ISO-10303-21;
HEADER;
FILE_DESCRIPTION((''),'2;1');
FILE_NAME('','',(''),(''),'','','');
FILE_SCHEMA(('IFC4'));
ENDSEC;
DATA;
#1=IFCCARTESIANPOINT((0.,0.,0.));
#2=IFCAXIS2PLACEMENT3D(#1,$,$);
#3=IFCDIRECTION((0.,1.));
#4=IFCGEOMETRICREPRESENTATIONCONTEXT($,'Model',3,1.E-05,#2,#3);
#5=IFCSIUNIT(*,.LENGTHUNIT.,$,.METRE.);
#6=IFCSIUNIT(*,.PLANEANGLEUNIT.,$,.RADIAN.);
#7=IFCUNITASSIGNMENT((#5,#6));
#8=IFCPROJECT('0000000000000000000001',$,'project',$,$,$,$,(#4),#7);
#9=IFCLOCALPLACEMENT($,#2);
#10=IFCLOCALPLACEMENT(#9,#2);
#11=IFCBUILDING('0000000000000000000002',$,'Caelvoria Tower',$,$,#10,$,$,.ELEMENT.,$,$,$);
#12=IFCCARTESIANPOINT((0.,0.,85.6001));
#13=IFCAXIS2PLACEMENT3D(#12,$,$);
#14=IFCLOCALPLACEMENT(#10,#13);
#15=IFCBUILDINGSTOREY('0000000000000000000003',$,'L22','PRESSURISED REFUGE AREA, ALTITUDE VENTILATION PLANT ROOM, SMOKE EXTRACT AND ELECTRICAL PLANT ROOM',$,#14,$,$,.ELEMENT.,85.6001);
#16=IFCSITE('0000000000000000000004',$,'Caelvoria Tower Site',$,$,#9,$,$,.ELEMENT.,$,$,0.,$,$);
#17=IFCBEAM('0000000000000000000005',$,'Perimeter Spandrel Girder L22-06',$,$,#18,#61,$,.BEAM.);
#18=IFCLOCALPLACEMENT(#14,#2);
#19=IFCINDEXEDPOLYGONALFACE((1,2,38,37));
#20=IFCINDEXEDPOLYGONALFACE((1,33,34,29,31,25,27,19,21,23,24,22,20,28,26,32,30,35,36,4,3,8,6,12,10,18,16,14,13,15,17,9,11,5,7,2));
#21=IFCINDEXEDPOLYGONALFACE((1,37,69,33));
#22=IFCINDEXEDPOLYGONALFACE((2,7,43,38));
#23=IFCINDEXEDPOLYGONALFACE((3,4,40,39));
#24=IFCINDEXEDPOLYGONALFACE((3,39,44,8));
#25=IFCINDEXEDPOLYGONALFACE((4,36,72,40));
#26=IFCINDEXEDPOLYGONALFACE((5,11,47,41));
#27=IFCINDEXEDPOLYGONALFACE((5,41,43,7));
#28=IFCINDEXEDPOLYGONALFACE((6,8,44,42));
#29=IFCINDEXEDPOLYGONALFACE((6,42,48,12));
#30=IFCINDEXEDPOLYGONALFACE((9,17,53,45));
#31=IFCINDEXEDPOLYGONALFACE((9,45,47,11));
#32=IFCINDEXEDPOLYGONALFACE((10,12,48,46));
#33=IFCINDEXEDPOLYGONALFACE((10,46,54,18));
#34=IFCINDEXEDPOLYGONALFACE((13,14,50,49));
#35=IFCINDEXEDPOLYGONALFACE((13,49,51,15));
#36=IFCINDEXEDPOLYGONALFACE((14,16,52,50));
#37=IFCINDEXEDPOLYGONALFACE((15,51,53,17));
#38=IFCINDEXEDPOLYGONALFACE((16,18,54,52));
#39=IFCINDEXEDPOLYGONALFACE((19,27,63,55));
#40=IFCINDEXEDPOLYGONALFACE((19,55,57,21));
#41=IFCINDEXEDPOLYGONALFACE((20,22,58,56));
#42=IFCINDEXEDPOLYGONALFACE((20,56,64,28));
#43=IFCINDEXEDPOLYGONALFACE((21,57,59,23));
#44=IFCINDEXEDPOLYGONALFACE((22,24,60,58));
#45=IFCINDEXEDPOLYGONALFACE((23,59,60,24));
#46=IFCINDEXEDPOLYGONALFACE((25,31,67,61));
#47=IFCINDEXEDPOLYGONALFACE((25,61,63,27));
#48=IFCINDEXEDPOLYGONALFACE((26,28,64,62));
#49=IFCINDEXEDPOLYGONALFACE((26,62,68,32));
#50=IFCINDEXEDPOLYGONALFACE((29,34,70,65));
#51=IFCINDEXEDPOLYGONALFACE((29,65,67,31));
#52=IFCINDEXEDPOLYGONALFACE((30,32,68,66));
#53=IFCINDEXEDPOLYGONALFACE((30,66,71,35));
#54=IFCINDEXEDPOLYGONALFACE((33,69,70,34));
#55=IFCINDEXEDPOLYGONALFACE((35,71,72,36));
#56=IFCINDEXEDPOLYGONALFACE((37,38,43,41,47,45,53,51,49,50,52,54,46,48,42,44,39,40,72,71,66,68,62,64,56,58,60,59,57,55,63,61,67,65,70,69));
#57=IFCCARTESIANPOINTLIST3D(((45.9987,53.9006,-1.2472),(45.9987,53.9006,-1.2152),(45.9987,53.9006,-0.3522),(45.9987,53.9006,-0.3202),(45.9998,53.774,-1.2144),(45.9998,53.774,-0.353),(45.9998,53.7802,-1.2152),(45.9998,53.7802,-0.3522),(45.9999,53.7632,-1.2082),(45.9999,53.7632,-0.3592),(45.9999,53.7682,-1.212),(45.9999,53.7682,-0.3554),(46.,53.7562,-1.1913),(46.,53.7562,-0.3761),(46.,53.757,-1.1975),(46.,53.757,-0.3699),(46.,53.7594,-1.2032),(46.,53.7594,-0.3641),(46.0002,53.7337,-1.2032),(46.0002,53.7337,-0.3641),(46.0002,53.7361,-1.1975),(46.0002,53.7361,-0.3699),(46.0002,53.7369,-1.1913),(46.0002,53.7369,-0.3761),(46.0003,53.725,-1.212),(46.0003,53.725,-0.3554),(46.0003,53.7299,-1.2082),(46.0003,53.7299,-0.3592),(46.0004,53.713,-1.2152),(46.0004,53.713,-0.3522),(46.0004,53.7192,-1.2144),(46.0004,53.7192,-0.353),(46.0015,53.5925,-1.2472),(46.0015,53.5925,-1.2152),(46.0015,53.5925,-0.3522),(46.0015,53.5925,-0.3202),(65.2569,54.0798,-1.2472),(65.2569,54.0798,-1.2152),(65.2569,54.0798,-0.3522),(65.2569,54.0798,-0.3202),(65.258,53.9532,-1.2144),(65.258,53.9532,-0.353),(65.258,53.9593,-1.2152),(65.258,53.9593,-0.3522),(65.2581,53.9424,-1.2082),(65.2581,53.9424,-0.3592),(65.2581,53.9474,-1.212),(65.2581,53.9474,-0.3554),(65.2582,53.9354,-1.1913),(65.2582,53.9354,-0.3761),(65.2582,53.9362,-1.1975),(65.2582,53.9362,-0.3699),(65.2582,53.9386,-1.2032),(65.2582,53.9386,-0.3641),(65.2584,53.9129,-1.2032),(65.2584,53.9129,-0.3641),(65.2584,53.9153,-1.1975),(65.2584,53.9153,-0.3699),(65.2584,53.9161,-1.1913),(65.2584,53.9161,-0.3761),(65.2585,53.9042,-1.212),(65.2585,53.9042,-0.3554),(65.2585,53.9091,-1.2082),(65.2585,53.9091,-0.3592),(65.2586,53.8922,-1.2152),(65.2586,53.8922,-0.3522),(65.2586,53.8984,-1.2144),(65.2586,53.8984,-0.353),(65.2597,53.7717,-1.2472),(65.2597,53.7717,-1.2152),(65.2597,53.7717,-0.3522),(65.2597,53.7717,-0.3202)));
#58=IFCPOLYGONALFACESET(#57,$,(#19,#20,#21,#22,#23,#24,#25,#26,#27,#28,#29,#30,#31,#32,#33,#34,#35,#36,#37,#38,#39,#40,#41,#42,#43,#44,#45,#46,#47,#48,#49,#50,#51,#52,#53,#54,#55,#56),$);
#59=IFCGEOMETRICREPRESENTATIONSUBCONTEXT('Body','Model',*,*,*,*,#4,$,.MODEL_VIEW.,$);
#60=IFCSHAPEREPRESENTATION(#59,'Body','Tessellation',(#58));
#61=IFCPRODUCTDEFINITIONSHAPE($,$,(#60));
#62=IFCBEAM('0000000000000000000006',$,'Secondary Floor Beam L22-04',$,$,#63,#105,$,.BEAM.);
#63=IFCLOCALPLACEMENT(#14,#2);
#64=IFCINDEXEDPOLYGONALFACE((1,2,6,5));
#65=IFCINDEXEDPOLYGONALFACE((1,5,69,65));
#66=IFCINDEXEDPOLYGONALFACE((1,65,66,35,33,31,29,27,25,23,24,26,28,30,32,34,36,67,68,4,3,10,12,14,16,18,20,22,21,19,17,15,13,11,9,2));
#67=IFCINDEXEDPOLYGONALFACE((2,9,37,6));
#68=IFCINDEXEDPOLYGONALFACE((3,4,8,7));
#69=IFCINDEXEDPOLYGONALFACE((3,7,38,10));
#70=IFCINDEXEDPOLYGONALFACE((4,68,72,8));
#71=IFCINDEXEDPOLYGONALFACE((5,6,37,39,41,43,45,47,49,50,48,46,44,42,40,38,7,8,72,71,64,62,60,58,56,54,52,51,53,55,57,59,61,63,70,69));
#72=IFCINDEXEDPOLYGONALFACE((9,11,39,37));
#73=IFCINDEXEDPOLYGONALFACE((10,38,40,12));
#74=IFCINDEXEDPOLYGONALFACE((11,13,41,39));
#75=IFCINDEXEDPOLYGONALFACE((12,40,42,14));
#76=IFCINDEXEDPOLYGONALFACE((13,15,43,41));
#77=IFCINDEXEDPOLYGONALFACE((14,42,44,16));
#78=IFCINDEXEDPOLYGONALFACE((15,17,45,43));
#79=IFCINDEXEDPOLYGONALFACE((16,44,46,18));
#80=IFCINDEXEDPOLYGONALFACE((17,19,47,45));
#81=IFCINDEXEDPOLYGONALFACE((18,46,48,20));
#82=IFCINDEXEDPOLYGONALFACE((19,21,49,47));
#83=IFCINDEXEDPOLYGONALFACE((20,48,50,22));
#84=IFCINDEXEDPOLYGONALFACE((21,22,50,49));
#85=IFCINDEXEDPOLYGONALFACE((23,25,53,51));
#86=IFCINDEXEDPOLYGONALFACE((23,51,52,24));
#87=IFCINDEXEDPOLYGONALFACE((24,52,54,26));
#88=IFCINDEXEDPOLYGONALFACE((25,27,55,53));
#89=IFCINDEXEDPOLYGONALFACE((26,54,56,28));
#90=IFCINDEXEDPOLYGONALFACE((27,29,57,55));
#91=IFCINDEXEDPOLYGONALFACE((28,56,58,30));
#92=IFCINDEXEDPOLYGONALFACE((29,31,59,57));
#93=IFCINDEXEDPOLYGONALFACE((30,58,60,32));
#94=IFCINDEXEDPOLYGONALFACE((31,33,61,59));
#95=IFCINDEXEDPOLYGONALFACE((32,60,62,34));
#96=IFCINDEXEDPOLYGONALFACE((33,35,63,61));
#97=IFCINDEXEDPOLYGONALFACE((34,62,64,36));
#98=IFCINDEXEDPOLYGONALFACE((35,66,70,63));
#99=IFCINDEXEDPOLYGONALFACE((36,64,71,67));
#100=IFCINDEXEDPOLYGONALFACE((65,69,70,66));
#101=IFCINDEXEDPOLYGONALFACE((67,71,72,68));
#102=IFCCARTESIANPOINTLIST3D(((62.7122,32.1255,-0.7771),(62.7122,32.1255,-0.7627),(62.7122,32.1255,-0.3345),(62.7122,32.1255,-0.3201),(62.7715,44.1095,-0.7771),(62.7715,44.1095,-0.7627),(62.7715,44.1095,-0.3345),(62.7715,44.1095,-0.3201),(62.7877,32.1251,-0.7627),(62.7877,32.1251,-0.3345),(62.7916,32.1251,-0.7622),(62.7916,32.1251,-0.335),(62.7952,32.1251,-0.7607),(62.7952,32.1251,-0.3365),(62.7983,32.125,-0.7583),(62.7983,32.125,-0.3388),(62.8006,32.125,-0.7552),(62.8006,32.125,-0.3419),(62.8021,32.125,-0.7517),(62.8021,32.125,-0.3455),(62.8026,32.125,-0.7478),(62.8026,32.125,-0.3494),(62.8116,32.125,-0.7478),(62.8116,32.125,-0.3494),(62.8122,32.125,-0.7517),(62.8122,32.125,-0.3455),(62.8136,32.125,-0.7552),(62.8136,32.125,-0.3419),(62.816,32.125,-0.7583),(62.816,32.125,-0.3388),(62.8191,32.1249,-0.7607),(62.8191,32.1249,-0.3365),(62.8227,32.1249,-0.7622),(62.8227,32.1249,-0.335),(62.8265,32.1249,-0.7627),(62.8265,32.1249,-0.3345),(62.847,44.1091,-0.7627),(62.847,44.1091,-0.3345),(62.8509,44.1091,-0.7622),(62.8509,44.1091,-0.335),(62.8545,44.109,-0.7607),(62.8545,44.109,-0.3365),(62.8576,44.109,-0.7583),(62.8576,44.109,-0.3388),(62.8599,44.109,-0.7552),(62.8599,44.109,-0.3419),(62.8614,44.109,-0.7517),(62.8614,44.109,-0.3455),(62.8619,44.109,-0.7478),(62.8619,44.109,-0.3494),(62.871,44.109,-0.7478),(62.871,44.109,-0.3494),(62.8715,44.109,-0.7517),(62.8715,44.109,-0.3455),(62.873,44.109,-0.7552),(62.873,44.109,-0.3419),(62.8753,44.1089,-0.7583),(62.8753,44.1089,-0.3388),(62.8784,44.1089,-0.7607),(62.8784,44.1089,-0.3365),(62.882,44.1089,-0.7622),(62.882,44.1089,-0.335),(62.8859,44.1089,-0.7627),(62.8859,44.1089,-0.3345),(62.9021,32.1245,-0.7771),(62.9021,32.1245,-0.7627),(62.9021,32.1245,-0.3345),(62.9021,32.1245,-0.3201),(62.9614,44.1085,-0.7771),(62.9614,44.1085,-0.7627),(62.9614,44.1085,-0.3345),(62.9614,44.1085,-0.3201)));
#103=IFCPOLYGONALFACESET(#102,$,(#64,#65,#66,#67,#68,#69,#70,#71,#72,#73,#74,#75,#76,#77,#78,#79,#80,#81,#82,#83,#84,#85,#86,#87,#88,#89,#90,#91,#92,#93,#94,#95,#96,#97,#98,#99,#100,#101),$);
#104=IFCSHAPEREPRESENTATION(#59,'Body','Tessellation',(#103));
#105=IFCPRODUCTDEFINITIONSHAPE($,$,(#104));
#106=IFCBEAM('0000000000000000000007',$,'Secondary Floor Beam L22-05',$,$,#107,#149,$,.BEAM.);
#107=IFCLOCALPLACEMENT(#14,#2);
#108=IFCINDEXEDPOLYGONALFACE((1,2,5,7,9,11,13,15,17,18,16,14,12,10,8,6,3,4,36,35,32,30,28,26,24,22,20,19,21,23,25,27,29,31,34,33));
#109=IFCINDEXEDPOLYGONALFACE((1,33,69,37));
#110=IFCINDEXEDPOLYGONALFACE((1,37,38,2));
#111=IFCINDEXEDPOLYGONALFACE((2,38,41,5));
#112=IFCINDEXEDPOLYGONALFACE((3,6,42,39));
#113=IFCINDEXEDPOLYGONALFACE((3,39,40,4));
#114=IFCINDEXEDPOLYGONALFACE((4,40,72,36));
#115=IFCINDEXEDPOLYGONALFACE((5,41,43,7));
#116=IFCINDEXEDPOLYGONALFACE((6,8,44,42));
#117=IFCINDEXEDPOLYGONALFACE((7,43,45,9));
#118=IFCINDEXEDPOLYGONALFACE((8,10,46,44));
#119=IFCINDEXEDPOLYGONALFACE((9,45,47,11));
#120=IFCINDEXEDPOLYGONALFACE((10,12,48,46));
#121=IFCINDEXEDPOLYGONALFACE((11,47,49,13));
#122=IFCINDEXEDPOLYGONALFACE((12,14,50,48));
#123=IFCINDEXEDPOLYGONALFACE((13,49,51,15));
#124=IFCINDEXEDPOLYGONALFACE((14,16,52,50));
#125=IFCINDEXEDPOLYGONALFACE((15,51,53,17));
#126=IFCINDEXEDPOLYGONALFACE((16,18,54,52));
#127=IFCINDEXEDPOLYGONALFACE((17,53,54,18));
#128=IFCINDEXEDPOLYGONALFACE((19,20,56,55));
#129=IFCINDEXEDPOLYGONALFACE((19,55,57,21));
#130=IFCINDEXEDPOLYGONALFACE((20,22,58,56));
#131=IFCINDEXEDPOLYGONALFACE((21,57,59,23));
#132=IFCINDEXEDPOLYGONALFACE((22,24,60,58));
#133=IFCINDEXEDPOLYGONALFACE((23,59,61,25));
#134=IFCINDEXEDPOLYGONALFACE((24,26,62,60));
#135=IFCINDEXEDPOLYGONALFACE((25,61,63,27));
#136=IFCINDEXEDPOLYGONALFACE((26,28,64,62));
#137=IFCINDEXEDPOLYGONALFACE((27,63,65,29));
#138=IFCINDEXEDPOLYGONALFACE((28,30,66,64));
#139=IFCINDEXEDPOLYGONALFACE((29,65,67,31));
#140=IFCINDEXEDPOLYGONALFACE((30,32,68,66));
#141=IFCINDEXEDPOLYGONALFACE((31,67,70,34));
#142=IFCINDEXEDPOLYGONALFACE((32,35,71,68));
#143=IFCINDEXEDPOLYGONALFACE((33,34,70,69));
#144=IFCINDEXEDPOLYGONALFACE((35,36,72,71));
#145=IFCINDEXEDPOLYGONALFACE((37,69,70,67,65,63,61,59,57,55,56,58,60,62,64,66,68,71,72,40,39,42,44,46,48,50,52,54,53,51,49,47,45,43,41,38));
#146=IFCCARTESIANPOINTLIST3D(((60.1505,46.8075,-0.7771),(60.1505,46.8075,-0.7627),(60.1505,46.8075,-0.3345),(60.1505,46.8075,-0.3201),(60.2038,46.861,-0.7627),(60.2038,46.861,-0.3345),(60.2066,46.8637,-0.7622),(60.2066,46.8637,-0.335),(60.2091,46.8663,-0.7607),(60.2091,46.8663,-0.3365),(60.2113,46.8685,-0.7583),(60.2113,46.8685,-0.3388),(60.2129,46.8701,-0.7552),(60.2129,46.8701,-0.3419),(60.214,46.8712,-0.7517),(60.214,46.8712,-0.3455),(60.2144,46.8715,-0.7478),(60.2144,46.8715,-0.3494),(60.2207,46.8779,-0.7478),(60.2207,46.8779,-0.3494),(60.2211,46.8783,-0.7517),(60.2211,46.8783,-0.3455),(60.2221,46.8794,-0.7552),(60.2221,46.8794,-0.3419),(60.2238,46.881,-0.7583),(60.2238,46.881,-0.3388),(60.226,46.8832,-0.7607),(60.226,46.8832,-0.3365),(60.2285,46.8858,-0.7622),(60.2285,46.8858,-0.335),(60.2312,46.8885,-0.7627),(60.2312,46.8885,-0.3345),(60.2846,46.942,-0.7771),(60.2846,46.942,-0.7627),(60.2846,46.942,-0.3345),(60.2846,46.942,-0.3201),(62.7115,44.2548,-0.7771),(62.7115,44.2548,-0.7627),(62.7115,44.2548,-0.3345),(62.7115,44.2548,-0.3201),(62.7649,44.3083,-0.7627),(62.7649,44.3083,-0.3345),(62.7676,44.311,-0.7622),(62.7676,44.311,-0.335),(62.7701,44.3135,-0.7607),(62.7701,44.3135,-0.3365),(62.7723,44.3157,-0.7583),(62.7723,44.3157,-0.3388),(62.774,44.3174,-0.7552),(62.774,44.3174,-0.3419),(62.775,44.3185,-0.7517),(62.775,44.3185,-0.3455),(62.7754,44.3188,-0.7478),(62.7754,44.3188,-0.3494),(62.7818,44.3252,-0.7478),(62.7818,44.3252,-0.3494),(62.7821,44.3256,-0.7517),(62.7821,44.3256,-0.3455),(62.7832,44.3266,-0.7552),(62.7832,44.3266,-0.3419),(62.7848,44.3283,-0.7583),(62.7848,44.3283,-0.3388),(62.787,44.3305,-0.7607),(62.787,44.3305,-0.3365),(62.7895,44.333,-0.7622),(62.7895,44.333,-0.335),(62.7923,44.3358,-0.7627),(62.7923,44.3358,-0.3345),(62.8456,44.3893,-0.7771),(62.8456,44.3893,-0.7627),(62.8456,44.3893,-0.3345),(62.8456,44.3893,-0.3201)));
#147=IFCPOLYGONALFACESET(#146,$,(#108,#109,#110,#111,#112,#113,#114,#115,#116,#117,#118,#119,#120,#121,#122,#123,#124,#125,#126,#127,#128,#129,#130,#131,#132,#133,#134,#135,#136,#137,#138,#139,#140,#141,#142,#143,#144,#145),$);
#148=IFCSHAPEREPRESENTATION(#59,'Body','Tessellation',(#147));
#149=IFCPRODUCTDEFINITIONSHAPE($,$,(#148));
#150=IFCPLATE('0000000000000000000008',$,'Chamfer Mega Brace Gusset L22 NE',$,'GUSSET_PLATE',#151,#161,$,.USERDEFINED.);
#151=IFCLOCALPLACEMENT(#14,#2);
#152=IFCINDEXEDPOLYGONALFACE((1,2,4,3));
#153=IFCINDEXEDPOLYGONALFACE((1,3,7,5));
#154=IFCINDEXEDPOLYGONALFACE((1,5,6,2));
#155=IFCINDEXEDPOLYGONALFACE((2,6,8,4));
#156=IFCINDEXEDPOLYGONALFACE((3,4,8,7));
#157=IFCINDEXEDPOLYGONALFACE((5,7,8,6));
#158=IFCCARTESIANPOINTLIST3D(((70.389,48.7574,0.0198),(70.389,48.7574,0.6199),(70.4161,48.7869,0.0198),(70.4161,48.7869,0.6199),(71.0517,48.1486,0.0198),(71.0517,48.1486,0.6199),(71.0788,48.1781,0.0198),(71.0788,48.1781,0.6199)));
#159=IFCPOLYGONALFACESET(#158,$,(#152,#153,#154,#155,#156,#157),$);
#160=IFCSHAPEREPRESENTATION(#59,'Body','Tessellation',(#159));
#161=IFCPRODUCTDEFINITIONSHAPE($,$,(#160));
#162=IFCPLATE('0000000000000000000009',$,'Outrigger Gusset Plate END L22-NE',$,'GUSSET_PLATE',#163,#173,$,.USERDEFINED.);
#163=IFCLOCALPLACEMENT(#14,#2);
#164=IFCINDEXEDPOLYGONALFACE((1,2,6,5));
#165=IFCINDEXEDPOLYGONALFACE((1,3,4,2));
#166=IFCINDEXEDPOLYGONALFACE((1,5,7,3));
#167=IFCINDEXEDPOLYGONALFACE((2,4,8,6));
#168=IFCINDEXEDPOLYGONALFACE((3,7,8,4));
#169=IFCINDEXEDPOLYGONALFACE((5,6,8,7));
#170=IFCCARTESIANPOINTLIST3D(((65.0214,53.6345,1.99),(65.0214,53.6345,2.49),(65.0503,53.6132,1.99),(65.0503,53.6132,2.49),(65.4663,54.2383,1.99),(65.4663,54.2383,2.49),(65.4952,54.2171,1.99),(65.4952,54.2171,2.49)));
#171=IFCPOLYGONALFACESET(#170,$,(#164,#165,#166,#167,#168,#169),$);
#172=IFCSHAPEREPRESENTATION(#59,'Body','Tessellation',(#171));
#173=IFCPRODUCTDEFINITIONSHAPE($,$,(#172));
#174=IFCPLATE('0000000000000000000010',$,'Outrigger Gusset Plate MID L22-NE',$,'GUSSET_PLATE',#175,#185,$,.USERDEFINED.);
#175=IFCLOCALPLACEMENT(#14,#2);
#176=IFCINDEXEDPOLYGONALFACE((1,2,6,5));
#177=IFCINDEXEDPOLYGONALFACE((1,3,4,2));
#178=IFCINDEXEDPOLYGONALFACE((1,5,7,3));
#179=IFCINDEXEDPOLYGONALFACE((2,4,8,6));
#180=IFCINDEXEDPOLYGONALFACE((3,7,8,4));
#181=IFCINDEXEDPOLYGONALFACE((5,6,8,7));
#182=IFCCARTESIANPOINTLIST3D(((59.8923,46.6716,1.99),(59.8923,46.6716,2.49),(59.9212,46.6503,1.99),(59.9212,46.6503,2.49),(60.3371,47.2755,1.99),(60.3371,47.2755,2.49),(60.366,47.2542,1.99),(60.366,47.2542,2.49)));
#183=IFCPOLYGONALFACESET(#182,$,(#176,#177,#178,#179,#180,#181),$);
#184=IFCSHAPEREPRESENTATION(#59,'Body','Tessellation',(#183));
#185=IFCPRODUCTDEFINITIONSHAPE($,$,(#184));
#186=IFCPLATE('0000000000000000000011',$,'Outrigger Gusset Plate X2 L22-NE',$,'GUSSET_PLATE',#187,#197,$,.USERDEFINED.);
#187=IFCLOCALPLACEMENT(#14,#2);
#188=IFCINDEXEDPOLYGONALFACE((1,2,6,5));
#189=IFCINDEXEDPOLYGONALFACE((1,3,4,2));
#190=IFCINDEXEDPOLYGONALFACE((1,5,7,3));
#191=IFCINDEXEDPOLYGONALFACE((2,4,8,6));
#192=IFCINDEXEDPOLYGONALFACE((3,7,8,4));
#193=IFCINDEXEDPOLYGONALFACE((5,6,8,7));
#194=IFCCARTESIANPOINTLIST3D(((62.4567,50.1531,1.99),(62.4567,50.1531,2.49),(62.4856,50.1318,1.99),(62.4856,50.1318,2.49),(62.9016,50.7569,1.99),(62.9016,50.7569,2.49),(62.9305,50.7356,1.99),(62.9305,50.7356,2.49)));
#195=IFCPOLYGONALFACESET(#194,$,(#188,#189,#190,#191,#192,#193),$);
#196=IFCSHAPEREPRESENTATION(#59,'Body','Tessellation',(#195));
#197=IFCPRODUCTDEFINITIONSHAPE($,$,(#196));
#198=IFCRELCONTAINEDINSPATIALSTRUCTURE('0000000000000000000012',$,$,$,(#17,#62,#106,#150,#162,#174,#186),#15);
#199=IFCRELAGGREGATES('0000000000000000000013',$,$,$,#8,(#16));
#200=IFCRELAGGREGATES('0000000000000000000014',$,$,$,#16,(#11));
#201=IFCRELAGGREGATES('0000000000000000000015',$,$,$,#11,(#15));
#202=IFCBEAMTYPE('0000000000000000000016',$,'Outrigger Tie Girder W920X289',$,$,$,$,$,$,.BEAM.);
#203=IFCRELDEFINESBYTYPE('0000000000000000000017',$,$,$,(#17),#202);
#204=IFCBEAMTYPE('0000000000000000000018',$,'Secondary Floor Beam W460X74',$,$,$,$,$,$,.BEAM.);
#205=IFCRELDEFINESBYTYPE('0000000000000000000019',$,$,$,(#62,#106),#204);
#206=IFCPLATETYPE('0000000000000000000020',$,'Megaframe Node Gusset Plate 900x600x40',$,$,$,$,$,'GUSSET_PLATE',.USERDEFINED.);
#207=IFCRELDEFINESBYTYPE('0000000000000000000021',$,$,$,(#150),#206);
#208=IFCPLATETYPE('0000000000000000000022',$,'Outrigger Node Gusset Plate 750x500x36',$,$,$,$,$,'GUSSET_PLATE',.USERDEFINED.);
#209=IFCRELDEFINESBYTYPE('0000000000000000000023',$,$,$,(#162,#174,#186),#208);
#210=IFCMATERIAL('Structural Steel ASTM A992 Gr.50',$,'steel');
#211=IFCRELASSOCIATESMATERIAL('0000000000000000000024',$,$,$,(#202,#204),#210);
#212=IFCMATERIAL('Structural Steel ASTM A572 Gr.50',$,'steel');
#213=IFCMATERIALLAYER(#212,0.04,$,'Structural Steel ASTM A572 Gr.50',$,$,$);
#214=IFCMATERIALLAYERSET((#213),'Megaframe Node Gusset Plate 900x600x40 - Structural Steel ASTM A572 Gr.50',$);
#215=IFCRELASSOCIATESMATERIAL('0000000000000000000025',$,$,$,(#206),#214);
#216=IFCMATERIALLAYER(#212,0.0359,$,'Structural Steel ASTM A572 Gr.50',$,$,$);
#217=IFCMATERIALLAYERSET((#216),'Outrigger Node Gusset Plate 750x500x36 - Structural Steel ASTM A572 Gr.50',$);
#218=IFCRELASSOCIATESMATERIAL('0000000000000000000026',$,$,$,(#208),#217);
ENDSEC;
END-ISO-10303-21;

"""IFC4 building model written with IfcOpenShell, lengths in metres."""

from ifc_helpers import new_model, si_unit, direction, frame, origin, origin_2d, place, context, subcontext, project, spatial, rectangle, i_section, extrude, material, layer, layer_set, material_profile, profile_set, type_object, element, save


model = new_model("IFC4")

# Units and contexts
model_context = context("Model", 3, precision=1e-05, world=origin(), true_north=direction((0.0, 1.0)))
body_context = subcontext(model_context, "Body", "Model", "MODEL_VIEW")
ifc_project = project(units=[si_unit("LENGTHUNIT", "METRE"), si_unit("PLANEANGLEUNIT", "RADIAN")], contexts=[model_context])

# Site, building, storey
site_placement = place(None, origin())
site = spatial("IfcSite", under=ifc_project, at=site_placement, Name="Caelvoria Tower Site", CompositionType="ELEMENT", RefElevation=0.0)
building_placement = place(site_placement, origin())
building = spatial("IfcBuilding", under=site, at=building_placement, Name="Caelvoria Tower", CompositionType="ELEMENT")
storey_placement = place(building_placement, frame((0.0, 0.0, 85.6001)))
storey = spatial("IfcBuildingStorey", under=building, at=storey_placement, Name="L22", Description="PRESSURISED REFUGE AREA, ALTITUDE VENTILATION PLANT ROOM, SMOKE EXTRACT AND ELECTRICAL PLANT ROOM", CompositionType="ELEMENT", Elevation=85.6001)

# Shared definitions
ifc_material_1 = material(Name="Structural Steel ASTM A572 Gr.50", Category="steel")

# Beams
ifc_material_2 = material(Name="Structural Steel ASTM A992 Gr.50", Category="steel")
ifc_material_profile_1 = material_profile(ifc_material_2, i_section(OverallWidth=0.3081, OverallDepth=0.927, WebThickness=0.0193, FlangeThickness=0.032, FilletRadius=0.0239, at=origin_2d()), Name="Structural Steel ASTM A992 Gr.50")
ifc_profile_set_1 = profile_set([ifc_material_profile_1], Name="W920X289 - Structural Steel ASTM A992 Gr.50")
beam_type_1 = type_object("IfcBeamType", Name="Outrigger Tie Girder W920X289", PredefinedType="BEAM", material=ifc_profile_set_1)
beam_1_placement = place(storey_placement, frame((65.2583, 53.9258, -0.7837), z_axis=(-0.999957, -0.009305, 0.0), x_axis=(0.009305, -0.999957, 0.0)))
element("IfcBeam", 1, at=beam_1_placement, inside=storey, type_object=beam_type_1, Name="Perimeter Spandrel Girder L22-06", PredefinedType="BEAM", context=body_context, shape_type="SweptSolid", body=[
    extrude(i_section(OverallWidth=0.3081, OverallDepth=0.927, WebThickness=0.0193, FlangeThickness=0.032, FilletRadius=0.0239, at=origin_2d()), origin(), (0.0, 0.0, 1.0), 19.259),
])
ifc_material_profile_2 = material_profile(ifc_material_2, i_section(OverallWidth=0.1899, OverallDepth=0.457, WebThickness=0.009, FlangeThickness=0.0144, FilletRadius=0.0149, at=origin_2d()), Name="Structural Steel ASTM A992 Gr.50")
ifc_profile_set_2 = profile_set([ifc_material_profile_2], Name="W460X74 - Structural Steel ASTM A992 Gr.50")
beam_type_2 = type_object("IfcBeamType", Name="Secondary Floor Beam W460X74", PredefinedType="BEAM", material=ifc_profile_set_2)
beam_2_placement = place(storey_placement, frame((62.8071, 32.125, -0.5486), z_axis=(0.00495, 0.999988, 0.0), x_axis=(-0.999988, 0.00495, 0.0)))
element("IfcBeam", 2, at=beam_2_placement, inside=storey, type_object=beam_type_2, Name="Secondary Floor Beam L22-04", PredefinedType="BEAM", context=body_context, shape_type="SweptSolid", body=[
    extrude(i_section(OverallWidth=0.1899, OverallDepth=0.457, WebThickness=0.009, FlangeThickness=0.0144, FilletRadius=0.0149, at=origin_2d()), origin(), (0.0, 0.0, 1.0), 11.9841),
])
beam_3_placement = place(storey_placement, frame((62.7786, 44.322, -0.5486), z_axis=(-0.708254, 0.705958, 0.0), x_axis=(-0.705958, -0.708254, 0.0)))
element("IfcBeam", 3, at=beam_3_placement, inside=storey, type_object=beam_type_2, Name="Secondary Floor Beam L22-05", PredefinedType="BEAM", context=body_context, shape_type="SweptSolid", body=[
    extrude(i_section(OverallWidth=0.1899, OverallDepth=0.457, WebThickness=0.009, FlangeThickness=0.0144, FilletRadius=0.0149, at=origin_2d()), origin(), (0.0, 0.0, 1.0), 3.616),
])

# Plates
ifc_layer_1 = layer(ifc_material_1, 0.04, Name="Structural Steel ASTM A572 Gr.50")
ifc_layer_set_1 = layer_set([ifc_layer_1], Name="Megaframe Node Gusset Plate 900x600x40 - Structural Steel ASTM A572 Gr.50")
plate_type_1 = type_object("IfcPlateType", Name="Megaframe Node Gusset Plate 900x600x40", ElementType="GUSSET_PLATE", PredefinedType="USERDEFINED", material=ifc_layer_set_1)
plate_placement = place(storey_placement, frame((70.7339, 48.4678, 0.0198), z_axis=(0.0, 0.0, 1.0), x_axis=(-0.736462, 0.676479, 0.0)))
element("IfcPlate", 4, at=plate_placement, inside=storey, type_object=plate_type_1, Name="Chamfer Mega Brace Gusset L22 NE", ObjectType="GUSSET_PLATE", PredefinedType="USERDEFINED", context=body_context, shape_type="SweptSolid", body=[
    extrude(rectangle(XDim=0.8999, YDim=0.04, at=origin_2d()), origin(), (0.0, 0.0, 1.0), 0.6001),
])
ifc_layer_2 = layer(ifc_material_1, 0.0359, Name="Structural Steel ASTM A572 Gr.50")
ifc_layer_set_2 = layer_set([ifc_layer_2], Name="Outrigger Node Gusset Plate 750x500x36 - Structural Steel ASTM A572 Gr.50")
plate_type_2 = type_object("IfcPlateType", Name="Outrigger Node Gusset Plate 750x500x36", ElementType="GUSSET_PLATE", PredefinedType="USERDEFINED", material=ifc_layer_set_2)
for number, where, z_axis, x_axis, name in (
    (5, (65.2583, 53.9258, 1.99), (0.0, 0.0, 1.0), (0.593093, 0.805134, 0.0), "Outrigger Gusset Plate END L22-NE"),
    (6, (60.1292, 46.9629, 1.99), (0.0, 0.0, 1.0), (0.593093, 0.805134, 0.0), "Outrigger Gusset Plate MID L22-NE"),
    (7, (62.6936, 50.4443, 1.99), (0.0, 0.0, 1.0), (0.593093, 0.805134, 0.0), "Outrigger Gusset Plate X2 L22-NE"),
):
    element("IfcPlate", number, at=place(storey_placement, frame(where, z_axis=z_axis, x_axis=x_axis)), inside=storey, type_object=plate_type_2, Name=name, ObjectType="GUSSET_PLATE", PredefinedType="USERDEFINED", context=body_context, shape_type="SweptSolid", body=[
        extrude(rectangle(XDim=0.75, YDim=0.0359, at=origin_2d()), origin(), (0.0, 0.0, 1.0), 0.5),
    ])

save(model, "model.ifc")
